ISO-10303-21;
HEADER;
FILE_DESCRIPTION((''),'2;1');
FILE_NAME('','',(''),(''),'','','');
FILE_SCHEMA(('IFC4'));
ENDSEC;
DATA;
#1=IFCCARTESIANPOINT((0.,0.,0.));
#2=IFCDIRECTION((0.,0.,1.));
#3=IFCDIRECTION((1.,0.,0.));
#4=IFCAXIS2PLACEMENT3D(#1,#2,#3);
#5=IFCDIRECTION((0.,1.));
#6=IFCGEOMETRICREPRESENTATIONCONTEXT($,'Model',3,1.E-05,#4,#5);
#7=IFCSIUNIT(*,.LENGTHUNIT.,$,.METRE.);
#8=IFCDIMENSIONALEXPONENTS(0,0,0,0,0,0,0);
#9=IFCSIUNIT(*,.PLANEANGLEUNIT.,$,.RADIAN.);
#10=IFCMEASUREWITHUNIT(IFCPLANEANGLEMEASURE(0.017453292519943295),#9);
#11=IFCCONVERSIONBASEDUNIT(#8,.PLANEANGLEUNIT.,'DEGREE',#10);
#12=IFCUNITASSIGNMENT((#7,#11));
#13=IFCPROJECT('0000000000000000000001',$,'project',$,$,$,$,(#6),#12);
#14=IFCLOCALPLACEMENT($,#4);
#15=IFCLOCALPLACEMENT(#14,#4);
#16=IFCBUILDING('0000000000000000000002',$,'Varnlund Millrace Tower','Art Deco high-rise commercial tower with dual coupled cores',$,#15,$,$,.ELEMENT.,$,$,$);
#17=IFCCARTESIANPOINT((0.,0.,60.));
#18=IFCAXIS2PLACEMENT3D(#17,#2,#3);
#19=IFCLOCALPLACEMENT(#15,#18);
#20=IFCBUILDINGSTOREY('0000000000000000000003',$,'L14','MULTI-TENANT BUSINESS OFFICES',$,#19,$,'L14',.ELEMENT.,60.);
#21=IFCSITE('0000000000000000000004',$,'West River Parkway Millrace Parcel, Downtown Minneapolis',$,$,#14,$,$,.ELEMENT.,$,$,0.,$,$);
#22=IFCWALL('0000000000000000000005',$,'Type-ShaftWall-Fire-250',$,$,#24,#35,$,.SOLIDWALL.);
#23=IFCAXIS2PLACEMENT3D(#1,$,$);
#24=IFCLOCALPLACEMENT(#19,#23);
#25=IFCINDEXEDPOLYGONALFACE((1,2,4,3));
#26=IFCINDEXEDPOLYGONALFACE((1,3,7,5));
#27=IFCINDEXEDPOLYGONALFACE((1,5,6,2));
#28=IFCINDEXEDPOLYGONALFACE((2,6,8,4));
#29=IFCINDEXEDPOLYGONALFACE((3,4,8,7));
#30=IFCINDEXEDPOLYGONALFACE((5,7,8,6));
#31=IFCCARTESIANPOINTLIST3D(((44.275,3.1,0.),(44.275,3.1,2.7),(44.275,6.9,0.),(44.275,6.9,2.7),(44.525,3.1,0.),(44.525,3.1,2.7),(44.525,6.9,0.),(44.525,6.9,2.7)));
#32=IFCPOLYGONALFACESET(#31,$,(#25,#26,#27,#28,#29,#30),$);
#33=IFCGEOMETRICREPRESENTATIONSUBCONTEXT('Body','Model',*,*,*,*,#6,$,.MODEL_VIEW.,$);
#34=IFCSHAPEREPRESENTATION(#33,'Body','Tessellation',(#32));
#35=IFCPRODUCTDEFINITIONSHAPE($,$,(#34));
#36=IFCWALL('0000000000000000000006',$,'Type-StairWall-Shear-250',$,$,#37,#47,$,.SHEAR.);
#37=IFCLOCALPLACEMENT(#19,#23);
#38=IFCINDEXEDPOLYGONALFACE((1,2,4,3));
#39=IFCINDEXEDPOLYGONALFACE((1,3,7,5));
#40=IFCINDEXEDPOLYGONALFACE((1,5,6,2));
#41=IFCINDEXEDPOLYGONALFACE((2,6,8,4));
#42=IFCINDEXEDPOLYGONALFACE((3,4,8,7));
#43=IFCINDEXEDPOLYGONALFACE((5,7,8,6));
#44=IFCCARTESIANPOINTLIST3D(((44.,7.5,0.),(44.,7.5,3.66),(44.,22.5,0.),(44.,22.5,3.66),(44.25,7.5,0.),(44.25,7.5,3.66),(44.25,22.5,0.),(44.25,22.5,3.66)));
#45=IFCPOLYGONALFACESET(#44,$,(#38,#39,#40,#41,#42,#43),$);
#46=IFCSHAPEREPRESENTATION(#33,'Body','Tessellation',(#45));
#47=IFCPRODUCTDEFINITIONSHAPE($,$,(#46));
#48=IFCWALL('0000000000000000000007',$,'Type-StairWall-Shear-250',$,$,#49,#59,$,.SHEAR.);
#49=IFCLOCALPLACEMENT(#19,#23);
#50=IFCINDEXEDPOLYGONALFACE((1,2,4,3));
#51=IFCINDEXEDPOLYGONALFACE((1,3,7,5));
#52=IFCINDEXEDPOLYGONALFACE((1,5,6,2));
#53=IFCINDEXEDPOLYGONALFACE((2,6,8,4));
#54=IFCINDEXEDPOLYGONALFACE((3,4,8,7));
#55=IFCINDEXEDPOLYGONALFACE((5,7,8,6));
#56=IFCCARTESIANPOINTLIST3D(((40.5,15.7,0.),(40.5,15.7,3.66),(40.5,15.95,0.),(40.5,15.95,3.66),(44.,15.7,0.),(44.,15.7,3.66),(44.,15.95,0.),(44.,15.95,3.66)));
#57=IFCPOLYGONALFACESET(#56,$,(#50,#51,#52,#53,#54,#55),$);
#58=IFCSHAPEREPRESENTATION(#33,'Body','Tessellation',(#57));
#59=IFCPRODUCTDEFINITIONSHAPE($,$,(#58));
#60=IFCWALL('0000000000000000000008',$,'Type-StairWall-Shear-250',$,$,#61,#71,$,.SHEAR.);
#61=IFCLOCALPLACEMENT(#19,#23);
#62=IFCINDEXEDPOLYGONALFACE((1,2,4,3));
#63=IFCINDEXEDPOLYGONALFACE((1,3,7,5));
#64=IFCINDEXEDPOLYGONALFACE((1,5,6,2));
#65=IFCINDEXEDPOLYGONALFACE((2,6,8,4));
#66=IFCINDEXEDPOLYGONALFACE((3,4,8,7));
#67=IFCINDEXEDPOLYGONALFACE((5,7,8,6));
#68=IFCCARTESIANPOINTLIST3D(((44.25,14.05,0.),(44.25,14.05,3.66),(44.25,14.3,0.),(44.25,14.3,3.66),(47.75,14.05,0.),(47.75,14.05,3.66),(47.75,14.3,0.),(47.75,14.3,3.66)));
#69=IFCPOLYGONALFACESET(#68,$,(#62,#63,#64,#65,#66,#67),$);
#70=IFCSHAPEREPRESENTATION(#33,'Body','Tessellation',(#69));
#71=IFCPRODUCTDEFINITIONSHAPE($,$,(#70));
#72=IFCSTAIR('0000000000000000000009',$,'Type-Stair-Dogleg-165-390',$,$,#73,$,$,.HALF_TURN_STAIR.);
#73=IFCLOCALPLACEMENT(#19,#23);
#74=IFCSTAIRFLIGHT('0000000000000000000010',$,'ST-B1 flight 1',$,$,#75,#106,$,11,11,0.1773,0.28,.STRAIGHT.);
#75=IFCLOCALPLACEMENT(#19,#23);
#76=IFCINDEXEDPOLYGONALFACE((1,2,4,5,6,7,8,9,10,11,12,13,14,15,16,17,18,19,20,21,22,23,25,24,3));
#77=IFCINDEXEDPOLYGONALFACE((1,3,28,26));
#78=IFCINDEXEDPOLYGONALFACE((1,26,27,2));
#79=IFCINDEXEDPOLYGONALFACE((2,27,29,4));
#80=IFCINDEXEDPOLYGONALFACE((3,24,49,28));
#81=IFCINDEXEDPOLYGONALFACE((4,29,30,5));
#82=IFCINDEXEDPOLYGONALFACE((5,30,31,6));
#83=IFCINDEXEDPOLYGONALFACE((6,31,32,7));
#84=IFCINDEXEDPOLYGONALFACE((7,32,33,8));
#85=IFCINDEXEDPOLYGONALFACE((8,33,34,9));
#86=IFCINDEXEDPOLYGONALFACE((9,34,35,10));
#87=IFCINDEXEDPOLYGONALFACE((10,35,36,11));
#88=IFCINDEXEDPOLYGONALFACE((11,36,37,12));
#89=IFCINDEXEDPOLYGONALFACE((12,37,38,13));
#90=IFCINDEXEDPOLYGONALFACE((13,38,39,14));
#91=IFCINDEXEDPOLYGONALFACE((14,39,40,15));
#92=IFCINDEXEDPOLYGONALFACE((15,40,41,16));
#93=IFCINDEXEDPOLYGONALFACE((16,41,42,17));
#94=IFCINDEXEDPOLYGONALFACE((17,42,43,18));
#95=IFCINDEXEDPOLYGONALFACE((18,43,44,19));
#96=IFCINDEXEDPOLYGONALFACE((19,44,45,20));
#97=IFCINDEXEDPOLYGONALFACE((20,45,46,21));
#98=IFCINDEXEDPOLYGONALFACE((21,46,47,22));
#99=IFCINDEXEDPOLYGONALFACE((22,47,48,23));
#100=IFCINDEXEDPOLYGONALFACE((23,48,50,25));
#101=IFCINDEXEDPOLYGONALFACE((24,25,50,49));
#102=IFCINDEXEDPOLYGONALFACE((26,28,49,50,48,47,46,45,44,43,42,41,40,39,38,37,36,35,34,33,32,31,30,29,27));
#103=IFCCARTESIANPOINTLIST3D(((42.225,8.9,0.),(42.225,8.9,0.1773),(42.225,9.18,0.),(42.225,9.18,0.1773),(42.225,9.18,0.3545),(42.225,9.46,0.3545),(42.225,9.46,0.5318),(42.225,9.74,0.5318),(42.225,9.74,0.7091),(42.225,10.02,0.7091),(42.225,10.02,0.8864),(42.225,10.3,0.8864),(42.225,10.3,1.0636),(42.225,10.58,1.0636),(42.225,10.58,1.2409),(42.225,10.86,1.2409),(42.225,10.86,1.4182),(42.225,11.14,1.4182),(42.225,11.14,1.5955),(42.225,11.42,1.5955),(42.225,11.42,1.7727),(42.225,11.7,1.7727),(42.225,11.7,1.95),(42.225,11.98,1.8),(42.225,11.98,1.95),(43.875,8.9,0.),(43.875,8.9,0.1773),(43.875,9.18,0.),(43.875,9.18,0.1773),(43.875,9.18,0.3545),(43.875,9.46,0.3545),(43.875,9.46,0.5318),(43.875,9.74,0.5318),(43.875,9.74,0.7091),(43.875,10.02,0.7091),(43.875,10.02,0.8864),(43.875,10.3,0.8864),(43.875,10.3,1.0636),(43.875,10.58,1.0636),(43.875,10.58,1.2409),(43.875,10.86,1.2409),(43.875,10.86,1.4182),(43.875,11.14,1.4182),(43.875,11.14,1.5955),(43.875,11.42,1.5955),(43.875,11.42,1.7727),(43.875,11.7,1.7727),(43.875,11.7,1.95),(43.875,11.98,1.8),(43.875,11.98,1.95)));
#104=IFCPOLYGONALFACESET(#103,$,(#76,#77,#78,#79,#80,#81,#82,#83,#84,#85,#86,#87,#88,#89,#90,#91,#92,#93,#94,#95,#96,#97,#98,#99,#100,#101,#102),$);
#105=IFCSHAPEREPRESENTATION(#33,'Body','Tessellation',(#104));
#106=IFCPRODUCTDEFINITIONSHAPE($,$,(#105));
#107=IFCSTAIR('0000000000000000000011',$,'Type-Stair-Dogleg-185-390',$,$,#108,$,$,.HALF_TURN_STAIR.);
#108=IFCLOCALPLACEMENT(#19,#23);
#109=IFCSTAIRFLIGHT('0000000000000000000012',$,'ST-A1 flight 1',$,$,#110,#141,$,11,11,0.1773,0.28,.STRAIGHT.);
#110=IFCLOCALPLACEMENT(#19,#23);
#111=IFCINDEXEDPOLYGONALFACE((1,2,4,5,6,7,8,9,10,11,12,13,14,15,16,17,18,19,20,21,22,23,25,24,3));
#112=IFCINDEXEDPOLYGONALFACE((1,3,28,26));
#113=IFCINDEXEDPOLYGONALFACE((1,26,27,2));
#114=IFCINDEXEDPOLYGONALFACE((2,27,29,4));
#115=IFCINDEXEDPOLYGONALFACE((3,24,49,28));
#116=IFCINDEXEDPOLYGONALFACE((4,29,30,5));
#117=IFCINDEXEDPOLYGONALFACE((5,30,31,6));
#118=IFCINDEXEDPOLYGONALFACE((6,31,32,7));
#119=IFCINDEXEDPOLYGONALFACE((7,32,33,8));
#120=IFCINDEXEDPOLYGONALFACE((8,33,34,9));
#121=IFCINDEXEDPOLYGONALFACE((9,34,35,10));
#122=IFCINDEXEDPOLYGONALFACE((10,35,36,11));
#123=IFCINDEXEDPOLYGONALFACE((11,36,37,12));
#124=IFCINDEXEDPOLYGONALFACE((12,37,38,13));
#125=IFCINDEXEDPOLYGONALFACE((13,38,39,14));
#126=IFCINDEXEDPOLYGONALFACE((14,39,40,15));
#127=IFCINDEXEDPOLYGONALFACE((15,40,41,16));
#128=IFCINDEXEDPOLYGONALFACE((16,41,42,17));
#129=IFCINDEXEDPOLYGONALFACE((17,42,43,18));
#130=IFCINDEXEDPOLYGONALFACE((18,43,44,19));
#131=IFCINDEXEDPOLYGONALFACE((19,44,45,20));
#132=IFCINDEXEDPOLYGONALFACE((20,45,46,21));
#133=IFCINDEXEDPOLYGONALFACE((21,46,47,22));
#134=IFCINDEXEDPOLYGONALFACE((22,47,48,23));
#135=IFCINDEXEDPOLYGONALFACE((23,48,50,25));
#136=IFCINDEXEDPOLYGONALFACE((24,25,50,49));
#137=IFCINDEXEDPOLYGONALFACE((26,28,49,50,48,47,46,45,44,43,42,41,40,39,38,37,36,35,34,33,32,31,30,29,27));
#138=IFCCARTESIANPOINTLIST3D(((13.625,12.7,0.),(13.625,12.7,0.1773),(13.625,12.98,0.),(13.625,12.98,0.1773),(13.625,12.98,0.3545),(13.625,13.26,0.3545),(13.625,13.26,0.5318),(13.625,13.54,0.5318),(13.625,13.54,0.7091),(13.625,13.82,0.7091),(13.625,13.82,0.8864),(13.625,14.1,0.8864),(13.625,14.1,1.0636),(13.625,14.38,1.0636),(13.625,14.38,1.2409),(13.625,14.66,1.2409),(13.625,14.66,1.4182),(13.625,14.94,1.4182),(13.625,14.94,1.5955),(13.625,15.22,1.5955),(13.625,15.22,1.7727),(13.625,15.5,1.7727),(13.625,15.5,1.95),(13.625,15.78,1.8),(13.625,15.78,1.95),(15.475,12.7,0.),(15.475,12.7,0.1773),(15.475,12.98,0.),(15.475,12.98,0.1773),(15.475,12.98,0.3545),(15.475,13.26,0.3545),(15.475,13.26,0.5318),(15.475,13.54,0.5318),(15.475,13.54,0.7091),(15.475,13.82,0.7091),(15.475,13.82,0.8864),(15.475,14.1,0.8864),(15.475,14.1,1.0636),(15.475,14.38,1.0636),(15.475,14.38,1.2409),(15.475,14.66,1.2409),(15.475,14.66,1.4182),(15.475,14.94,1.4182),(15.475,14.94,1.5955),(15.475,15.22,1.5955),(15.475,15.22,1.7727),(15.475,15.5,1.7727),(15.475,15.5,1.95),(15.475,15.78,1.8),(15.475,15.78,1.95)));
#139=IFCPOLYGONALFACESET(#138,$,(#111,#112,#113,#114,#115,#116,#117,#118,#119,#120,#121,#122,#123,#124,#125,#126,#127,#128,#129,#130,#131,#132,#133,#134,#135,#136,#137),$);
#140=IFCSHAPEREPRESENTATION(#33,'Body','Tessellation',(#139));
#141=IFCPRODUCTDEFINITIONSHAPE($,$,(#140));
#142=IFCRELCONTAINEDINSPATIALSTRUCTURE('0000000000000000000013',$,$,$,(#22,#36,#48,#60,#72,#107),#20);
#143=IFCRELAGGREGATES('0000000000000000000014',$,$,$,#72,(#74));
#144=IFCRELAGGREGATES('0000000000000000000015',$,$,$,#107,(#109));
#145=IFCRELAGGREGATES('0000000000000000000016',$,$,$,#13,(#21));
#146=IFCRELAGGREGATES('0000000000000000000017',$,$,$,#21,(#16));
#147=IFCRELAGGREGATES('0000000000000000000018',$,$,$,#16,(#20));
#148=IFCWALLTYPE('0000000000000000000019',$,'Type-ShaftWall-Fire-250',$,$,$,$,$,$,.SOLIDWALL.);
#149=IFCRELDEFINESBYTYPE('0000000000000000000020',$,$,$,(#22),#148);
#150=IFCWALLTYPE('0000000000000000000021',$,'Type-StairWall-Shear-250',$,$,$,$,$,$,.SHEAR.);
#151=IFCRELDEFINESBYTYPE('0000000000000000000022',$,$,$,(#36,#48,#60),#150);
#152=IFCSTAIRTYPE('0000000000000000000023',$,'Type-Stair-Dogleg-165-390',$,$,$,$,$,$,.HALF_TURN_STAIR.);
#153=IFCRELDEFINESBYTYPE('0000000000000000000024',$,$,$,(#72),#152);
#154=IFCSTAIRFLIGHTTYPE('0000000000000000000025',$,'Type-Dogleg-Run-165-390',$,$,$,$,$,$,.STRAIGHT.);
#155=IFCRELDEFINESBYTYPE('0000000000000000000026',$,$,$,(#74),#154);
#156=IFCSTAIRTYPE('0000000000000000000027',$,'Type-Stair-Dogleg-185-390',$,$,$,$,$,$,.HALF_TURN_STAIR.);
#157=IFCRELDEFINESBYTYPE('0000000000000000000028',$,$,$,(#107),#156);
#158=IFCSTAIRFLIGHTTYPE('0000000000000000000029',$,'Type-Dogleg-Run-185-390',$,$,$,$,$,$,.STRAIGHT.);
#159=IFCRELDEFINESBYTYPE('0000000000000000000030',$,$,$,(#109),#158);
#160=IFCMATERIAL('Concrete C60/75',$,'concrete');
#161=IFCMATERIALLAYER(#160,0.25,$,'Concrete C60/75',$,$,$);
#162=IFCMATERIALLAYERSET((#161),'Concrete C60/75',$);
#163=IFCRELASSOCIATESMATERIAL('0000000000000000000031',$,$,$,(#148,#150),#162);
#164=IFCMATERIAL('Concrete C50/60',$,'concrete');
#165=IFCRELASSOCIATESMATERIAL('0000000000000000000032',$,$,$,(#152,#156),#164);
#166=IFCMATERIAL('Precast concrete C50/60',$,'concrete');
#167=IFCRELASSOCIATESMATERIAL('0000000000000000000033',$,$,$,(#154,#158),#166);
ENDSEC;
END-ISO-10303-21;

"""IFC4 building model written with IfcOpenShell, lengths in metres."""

from ifc_helpers import new_model, entity, si_unit, converted_unit, direction, frame, origin_with_axes, place, context, subcontext, project, spatial, polyline, outline, extrude, material, layer, layer_set, type_object, element, aggregate, save


model = new_model("IFC4")

# Units and contexts
model_context = context("Model", 3, precision=1e-05, world=origin_with_axes(), true_north=direction((0.0, 1.0)))
body_context = subcontext(model_context, "Body", "Model", "MODEL_VIEW")
ifc_project = project(units=[si_unit("LENGTHUNIT", "METRE"), converted_unit("PLANEANGLEUNIT", "DEGREE", entity("IfcPlaneAngleMeasure", 0.017453292519943295), si_unit("PLANEANGLEUNIT", "RADIAN"), dimensions=[0, 0, 0, 0, 0, 0, 0])], contexts=[model_context])

# Site, building, storey
site_placement = place(None, origin_with_axes())
site = spatial("IfcSite", under=ifc_project, at=site_placement, Name="West River Parkway Millrace Parcel, Downtown Minneapolis", CompositionType="ELEMENT", RefElevation=0.0)
building_placement = place(site_placement, origin_with_axes())
building = spatial("IfcBuilding", under=site, at=building_placement, Name="Varnlund Millrace Tower", Description="Art Deco high-rise commercial tower with dual coupled cores", CompositionType="ELEMENT")
storey_placement = place(building_placement, frame((0.0, 0.0, 60.0), z_axis=(0.0, 0.0, 1.0), x_axis=(1.0, 0.0, 0.0)))
storey = spatial("IfcBuildingStorey", under=building, at=storey_placement, Name="L14", Description="MULTI-TENANT BUSINESS OFFICES", LongName="L14", CompositionType="ELEMENT", Elevation=60.0)

# Shared definitions
ifc_material_1 = material(Name="Concrete C60/75", Category="concrete")
ifc_layer_1 = layer(ifc_material_1, 0.25, Name="Concrete C60/75")
ifc_layer_set_1 = layer_set([ifc_layer_1], Name="Concrete C60/75")
wall_type_1 = type_object("IfcWallType", Name="Type-ShaftWall-Fire-250", PredefinedType="SOLIDWALL", material=ifc_layer_set_1)

# Walls
wall_1_placement = place(storey_placement, frame((44.4, 3.1, 0.0), z_axis=(0.0, 0.0, 1.0), x_axis=(0.0, 1.0, 0.0)))
element("IfcWall", 1, at=wall_1_placement, inside=storey, type_object=wall_type_1, Name="Type-ShaftWall-Fire-250", PredefinedType="SOLIDWALL", context=body_context, shape_type="SweptSolid", body=[
    extrude(outline(polyline([(0.0, -0.125), (3.8, -0.125), (3.8, 0.125), (0.0, 0.125), (0.0, -0.125)])), origin_with_axes(), (0.0, 0.0, 1.0), 2.7),
])
wall_type_2 = type_object("IfcWallType", Name="Type-StairWall-Shear-250", PredefinedType="SHEAR", material=ifc_layer_set_1)
wall_2_placement = place(storey_placement, frame((44.125, 7.5, 0.0), z_axis=(0.0, 0.0, 1.0), x_axis=(0.0, 1.0, 0.0)))
element("IfcWall", 2, at=wall_2_placement, inside=storey, type_object=wall_type_2, Name="Type-StairWall-Shear-250", PredefinedType="SHEAR", context=body_context, shape_type="SweptSolid", body=[
    extrude(outline(polyline([(0.0, -0.125), (15.0, -0.125), (15.0, 0.125), (0.0, 0.125), (0.0, -0.125)])), origin_with_axes(), (0.0, 0.0, 1.0), 3.66),
])
for number, where, z_axis, x_axis, name in (
    (3, (40.5, 15.825, 0.0), (0.0, 0.0, 1.0), (1.0, 0.0, 0.0), "Type-StairWall-Shear-250"),
    (4, (44.25, 14.175, 0.0), (0.0, 0.0, 1.0), (1.0, 0.0, 0.0), "Type-StairWall-Shear-250"),
):
    element("IfcWall", number, at=place(storey_placement, frame(where, z_axis=z_axis, x_axis=x_axis)), inside=storey, type_object=wall_type_2, Name=name, PredefinedType="SHEAR", context=body_context, shape_type="SweptSolid", body=[
        extrude(outline(polyline([(0.0, -0.125), (3.5, -0.125), (3.5, 0.125), (0.0, 0.125), (0.0, -0.125)])), origin_with_axes(), (0.0, 0.0, 1.0), 3.66),
    ])

# Stairs, stair flights
ifc_material_2 = material(Name="Concrete C50/60", Category="concrete")
stair_type_1 = type_object("IfcStairType", Name="Type-Stair-Dogleg-165-390", PredefinedType="HALF_TURN_STAIR", material=ifc_material_2)
stair_1_placement = place(storey_placement, origin_with_axes())
stair_1 = element("IfcStair", 5, at=stair_1_placement, inside=storey, type_object=stair_type_1, Name="Type-Stair-Dogleg-165-390", PredefinedType="HALF_TURN_STAIR")
ifc_material_3 = material(Name="Precast concrete C50/60", Category="concrete")
stair_flight_type_1 = type_object("IfcStairFlightType", Name="Type-Dogleg-Run-165-390", PredefinedType="STRAIGHT", material=ifc_material_3)
stair_flight_1_placement = place(storey_placement, frame((42.225, 8.9, 0.0), z_axis=(1.0, 0.0, 0.0), x_axis=(0.0, 1.0, 0.0)))
stair_flight_1 = element("IfcStairFlight", 6, at=stair_flight_1_placement, type_object=stair_flight_type_1, Name="ST-B1 flight 1", NumberOfRisers=11, NumberOfTreads=11, PredefinedType="STRAIGHT", RiserHeight=0.1773, TreadLength=0.28, context=body_context, shape_type="SweptSolid", body=[
    extrude(outline(polyline([(0.0, 0.0), (0.0, 0.1773), (0.28, 0.1773), (0.28, 0.3545), (0.56, 0.3545), (0.56, 0.5318), (0.84, 0.5318), (0.84, 0.7091), (1.12, 0.7091), (1.12, 0.8864), (1.4, 0.8864), (1.4, 1.0636), (1.68, 1.0636), (1.68, 1.2409), (1.96, 1.2409), (1.96, 1.4182), (2.24, 1.4182), (2.24, 1.5955), (2.52, 1.5955), (2.52, 1.7727), (2.8, 1.7727), (2.8, 1.95), (3.08, 1.95), (3.08, 1.8), (0.28, 0.0), (0.0, 0.0)])), origin_with_axes(), (0.0, 0.0, 1.0), 1.65),
])
aggregate(stair_1, [stair_flight_1])
stair_type_2 = type_object("IfcStairType", Name="Type-Stair-Dogleg-185-390", PredefinedType="HALF_TURN_STAIR", material=ifc_material_2)
stair_2_placement = place(storey_placement, origin_with_axes())
stair_2 = element("IfcStair", 7, at=stair_2_placement, inside=storey, type_object=stair_type_2, Name="Type-Stair-Dogleg-185-390", PredefinedType="HALF_TURN_STAIR")
stair_flight_type_2 = type_object("IfcStairFlightType", Name="Type-Dogleg-Run-185-390", PredefinedType="STRAIGHT", material=ifc_material_3)
stair_flight_2_placement = place(storey_placement, frame((13.625, 12.7, 0.0), z_axis=(1.0, 0.0, 0.0), x_axis=(0.0, 1.0, 0.0)))
stair_flight_2 = element("IfcStairFlight", 8, at=stair_flight_2_placement, type_object=stair_flight_type_2, Name="ST-A1 flight 1", NumberOfRisers=11, NumberOfTreads=11, PredefinedType="STRAIGHT", RiserHeight=0.1773, TreadLength=0.28, context=body_context, shape_type="SweptSolid", body=[
    extrude(outline(polyline([(0.0, 0.0), (0.0, 0.1773), (0.28, 0.1773), (0.28, 0.3545), (0.56, 0.3545), (0.56, 0.5318), (0.84, 0.5318), (0.84, 0.7091), (1.12, 0.7091), (1.12, 0.8864), (1.4, 0.8864), (1.4, 1.0636), (1.68, 1.0636), (1.68, 1.2409), (1.96, 1.2409), (1.96, 1.4182), (2.24, 1.4182), (2.24, 1.5955), (2.52, 1.5955), (2.52, 1.7727), (2.8, 1.7727), (2.8, 1.95), (3.08, 1.95), (3.08, 1.8), (0.28, 0.0), (0.0, 0.0)])), origin_with_axes(), (0.0, 0.0, 1.0), 1.85),
])
aggregate(stair_2, [stair_flight_2])

save(model, "model.ifc")
